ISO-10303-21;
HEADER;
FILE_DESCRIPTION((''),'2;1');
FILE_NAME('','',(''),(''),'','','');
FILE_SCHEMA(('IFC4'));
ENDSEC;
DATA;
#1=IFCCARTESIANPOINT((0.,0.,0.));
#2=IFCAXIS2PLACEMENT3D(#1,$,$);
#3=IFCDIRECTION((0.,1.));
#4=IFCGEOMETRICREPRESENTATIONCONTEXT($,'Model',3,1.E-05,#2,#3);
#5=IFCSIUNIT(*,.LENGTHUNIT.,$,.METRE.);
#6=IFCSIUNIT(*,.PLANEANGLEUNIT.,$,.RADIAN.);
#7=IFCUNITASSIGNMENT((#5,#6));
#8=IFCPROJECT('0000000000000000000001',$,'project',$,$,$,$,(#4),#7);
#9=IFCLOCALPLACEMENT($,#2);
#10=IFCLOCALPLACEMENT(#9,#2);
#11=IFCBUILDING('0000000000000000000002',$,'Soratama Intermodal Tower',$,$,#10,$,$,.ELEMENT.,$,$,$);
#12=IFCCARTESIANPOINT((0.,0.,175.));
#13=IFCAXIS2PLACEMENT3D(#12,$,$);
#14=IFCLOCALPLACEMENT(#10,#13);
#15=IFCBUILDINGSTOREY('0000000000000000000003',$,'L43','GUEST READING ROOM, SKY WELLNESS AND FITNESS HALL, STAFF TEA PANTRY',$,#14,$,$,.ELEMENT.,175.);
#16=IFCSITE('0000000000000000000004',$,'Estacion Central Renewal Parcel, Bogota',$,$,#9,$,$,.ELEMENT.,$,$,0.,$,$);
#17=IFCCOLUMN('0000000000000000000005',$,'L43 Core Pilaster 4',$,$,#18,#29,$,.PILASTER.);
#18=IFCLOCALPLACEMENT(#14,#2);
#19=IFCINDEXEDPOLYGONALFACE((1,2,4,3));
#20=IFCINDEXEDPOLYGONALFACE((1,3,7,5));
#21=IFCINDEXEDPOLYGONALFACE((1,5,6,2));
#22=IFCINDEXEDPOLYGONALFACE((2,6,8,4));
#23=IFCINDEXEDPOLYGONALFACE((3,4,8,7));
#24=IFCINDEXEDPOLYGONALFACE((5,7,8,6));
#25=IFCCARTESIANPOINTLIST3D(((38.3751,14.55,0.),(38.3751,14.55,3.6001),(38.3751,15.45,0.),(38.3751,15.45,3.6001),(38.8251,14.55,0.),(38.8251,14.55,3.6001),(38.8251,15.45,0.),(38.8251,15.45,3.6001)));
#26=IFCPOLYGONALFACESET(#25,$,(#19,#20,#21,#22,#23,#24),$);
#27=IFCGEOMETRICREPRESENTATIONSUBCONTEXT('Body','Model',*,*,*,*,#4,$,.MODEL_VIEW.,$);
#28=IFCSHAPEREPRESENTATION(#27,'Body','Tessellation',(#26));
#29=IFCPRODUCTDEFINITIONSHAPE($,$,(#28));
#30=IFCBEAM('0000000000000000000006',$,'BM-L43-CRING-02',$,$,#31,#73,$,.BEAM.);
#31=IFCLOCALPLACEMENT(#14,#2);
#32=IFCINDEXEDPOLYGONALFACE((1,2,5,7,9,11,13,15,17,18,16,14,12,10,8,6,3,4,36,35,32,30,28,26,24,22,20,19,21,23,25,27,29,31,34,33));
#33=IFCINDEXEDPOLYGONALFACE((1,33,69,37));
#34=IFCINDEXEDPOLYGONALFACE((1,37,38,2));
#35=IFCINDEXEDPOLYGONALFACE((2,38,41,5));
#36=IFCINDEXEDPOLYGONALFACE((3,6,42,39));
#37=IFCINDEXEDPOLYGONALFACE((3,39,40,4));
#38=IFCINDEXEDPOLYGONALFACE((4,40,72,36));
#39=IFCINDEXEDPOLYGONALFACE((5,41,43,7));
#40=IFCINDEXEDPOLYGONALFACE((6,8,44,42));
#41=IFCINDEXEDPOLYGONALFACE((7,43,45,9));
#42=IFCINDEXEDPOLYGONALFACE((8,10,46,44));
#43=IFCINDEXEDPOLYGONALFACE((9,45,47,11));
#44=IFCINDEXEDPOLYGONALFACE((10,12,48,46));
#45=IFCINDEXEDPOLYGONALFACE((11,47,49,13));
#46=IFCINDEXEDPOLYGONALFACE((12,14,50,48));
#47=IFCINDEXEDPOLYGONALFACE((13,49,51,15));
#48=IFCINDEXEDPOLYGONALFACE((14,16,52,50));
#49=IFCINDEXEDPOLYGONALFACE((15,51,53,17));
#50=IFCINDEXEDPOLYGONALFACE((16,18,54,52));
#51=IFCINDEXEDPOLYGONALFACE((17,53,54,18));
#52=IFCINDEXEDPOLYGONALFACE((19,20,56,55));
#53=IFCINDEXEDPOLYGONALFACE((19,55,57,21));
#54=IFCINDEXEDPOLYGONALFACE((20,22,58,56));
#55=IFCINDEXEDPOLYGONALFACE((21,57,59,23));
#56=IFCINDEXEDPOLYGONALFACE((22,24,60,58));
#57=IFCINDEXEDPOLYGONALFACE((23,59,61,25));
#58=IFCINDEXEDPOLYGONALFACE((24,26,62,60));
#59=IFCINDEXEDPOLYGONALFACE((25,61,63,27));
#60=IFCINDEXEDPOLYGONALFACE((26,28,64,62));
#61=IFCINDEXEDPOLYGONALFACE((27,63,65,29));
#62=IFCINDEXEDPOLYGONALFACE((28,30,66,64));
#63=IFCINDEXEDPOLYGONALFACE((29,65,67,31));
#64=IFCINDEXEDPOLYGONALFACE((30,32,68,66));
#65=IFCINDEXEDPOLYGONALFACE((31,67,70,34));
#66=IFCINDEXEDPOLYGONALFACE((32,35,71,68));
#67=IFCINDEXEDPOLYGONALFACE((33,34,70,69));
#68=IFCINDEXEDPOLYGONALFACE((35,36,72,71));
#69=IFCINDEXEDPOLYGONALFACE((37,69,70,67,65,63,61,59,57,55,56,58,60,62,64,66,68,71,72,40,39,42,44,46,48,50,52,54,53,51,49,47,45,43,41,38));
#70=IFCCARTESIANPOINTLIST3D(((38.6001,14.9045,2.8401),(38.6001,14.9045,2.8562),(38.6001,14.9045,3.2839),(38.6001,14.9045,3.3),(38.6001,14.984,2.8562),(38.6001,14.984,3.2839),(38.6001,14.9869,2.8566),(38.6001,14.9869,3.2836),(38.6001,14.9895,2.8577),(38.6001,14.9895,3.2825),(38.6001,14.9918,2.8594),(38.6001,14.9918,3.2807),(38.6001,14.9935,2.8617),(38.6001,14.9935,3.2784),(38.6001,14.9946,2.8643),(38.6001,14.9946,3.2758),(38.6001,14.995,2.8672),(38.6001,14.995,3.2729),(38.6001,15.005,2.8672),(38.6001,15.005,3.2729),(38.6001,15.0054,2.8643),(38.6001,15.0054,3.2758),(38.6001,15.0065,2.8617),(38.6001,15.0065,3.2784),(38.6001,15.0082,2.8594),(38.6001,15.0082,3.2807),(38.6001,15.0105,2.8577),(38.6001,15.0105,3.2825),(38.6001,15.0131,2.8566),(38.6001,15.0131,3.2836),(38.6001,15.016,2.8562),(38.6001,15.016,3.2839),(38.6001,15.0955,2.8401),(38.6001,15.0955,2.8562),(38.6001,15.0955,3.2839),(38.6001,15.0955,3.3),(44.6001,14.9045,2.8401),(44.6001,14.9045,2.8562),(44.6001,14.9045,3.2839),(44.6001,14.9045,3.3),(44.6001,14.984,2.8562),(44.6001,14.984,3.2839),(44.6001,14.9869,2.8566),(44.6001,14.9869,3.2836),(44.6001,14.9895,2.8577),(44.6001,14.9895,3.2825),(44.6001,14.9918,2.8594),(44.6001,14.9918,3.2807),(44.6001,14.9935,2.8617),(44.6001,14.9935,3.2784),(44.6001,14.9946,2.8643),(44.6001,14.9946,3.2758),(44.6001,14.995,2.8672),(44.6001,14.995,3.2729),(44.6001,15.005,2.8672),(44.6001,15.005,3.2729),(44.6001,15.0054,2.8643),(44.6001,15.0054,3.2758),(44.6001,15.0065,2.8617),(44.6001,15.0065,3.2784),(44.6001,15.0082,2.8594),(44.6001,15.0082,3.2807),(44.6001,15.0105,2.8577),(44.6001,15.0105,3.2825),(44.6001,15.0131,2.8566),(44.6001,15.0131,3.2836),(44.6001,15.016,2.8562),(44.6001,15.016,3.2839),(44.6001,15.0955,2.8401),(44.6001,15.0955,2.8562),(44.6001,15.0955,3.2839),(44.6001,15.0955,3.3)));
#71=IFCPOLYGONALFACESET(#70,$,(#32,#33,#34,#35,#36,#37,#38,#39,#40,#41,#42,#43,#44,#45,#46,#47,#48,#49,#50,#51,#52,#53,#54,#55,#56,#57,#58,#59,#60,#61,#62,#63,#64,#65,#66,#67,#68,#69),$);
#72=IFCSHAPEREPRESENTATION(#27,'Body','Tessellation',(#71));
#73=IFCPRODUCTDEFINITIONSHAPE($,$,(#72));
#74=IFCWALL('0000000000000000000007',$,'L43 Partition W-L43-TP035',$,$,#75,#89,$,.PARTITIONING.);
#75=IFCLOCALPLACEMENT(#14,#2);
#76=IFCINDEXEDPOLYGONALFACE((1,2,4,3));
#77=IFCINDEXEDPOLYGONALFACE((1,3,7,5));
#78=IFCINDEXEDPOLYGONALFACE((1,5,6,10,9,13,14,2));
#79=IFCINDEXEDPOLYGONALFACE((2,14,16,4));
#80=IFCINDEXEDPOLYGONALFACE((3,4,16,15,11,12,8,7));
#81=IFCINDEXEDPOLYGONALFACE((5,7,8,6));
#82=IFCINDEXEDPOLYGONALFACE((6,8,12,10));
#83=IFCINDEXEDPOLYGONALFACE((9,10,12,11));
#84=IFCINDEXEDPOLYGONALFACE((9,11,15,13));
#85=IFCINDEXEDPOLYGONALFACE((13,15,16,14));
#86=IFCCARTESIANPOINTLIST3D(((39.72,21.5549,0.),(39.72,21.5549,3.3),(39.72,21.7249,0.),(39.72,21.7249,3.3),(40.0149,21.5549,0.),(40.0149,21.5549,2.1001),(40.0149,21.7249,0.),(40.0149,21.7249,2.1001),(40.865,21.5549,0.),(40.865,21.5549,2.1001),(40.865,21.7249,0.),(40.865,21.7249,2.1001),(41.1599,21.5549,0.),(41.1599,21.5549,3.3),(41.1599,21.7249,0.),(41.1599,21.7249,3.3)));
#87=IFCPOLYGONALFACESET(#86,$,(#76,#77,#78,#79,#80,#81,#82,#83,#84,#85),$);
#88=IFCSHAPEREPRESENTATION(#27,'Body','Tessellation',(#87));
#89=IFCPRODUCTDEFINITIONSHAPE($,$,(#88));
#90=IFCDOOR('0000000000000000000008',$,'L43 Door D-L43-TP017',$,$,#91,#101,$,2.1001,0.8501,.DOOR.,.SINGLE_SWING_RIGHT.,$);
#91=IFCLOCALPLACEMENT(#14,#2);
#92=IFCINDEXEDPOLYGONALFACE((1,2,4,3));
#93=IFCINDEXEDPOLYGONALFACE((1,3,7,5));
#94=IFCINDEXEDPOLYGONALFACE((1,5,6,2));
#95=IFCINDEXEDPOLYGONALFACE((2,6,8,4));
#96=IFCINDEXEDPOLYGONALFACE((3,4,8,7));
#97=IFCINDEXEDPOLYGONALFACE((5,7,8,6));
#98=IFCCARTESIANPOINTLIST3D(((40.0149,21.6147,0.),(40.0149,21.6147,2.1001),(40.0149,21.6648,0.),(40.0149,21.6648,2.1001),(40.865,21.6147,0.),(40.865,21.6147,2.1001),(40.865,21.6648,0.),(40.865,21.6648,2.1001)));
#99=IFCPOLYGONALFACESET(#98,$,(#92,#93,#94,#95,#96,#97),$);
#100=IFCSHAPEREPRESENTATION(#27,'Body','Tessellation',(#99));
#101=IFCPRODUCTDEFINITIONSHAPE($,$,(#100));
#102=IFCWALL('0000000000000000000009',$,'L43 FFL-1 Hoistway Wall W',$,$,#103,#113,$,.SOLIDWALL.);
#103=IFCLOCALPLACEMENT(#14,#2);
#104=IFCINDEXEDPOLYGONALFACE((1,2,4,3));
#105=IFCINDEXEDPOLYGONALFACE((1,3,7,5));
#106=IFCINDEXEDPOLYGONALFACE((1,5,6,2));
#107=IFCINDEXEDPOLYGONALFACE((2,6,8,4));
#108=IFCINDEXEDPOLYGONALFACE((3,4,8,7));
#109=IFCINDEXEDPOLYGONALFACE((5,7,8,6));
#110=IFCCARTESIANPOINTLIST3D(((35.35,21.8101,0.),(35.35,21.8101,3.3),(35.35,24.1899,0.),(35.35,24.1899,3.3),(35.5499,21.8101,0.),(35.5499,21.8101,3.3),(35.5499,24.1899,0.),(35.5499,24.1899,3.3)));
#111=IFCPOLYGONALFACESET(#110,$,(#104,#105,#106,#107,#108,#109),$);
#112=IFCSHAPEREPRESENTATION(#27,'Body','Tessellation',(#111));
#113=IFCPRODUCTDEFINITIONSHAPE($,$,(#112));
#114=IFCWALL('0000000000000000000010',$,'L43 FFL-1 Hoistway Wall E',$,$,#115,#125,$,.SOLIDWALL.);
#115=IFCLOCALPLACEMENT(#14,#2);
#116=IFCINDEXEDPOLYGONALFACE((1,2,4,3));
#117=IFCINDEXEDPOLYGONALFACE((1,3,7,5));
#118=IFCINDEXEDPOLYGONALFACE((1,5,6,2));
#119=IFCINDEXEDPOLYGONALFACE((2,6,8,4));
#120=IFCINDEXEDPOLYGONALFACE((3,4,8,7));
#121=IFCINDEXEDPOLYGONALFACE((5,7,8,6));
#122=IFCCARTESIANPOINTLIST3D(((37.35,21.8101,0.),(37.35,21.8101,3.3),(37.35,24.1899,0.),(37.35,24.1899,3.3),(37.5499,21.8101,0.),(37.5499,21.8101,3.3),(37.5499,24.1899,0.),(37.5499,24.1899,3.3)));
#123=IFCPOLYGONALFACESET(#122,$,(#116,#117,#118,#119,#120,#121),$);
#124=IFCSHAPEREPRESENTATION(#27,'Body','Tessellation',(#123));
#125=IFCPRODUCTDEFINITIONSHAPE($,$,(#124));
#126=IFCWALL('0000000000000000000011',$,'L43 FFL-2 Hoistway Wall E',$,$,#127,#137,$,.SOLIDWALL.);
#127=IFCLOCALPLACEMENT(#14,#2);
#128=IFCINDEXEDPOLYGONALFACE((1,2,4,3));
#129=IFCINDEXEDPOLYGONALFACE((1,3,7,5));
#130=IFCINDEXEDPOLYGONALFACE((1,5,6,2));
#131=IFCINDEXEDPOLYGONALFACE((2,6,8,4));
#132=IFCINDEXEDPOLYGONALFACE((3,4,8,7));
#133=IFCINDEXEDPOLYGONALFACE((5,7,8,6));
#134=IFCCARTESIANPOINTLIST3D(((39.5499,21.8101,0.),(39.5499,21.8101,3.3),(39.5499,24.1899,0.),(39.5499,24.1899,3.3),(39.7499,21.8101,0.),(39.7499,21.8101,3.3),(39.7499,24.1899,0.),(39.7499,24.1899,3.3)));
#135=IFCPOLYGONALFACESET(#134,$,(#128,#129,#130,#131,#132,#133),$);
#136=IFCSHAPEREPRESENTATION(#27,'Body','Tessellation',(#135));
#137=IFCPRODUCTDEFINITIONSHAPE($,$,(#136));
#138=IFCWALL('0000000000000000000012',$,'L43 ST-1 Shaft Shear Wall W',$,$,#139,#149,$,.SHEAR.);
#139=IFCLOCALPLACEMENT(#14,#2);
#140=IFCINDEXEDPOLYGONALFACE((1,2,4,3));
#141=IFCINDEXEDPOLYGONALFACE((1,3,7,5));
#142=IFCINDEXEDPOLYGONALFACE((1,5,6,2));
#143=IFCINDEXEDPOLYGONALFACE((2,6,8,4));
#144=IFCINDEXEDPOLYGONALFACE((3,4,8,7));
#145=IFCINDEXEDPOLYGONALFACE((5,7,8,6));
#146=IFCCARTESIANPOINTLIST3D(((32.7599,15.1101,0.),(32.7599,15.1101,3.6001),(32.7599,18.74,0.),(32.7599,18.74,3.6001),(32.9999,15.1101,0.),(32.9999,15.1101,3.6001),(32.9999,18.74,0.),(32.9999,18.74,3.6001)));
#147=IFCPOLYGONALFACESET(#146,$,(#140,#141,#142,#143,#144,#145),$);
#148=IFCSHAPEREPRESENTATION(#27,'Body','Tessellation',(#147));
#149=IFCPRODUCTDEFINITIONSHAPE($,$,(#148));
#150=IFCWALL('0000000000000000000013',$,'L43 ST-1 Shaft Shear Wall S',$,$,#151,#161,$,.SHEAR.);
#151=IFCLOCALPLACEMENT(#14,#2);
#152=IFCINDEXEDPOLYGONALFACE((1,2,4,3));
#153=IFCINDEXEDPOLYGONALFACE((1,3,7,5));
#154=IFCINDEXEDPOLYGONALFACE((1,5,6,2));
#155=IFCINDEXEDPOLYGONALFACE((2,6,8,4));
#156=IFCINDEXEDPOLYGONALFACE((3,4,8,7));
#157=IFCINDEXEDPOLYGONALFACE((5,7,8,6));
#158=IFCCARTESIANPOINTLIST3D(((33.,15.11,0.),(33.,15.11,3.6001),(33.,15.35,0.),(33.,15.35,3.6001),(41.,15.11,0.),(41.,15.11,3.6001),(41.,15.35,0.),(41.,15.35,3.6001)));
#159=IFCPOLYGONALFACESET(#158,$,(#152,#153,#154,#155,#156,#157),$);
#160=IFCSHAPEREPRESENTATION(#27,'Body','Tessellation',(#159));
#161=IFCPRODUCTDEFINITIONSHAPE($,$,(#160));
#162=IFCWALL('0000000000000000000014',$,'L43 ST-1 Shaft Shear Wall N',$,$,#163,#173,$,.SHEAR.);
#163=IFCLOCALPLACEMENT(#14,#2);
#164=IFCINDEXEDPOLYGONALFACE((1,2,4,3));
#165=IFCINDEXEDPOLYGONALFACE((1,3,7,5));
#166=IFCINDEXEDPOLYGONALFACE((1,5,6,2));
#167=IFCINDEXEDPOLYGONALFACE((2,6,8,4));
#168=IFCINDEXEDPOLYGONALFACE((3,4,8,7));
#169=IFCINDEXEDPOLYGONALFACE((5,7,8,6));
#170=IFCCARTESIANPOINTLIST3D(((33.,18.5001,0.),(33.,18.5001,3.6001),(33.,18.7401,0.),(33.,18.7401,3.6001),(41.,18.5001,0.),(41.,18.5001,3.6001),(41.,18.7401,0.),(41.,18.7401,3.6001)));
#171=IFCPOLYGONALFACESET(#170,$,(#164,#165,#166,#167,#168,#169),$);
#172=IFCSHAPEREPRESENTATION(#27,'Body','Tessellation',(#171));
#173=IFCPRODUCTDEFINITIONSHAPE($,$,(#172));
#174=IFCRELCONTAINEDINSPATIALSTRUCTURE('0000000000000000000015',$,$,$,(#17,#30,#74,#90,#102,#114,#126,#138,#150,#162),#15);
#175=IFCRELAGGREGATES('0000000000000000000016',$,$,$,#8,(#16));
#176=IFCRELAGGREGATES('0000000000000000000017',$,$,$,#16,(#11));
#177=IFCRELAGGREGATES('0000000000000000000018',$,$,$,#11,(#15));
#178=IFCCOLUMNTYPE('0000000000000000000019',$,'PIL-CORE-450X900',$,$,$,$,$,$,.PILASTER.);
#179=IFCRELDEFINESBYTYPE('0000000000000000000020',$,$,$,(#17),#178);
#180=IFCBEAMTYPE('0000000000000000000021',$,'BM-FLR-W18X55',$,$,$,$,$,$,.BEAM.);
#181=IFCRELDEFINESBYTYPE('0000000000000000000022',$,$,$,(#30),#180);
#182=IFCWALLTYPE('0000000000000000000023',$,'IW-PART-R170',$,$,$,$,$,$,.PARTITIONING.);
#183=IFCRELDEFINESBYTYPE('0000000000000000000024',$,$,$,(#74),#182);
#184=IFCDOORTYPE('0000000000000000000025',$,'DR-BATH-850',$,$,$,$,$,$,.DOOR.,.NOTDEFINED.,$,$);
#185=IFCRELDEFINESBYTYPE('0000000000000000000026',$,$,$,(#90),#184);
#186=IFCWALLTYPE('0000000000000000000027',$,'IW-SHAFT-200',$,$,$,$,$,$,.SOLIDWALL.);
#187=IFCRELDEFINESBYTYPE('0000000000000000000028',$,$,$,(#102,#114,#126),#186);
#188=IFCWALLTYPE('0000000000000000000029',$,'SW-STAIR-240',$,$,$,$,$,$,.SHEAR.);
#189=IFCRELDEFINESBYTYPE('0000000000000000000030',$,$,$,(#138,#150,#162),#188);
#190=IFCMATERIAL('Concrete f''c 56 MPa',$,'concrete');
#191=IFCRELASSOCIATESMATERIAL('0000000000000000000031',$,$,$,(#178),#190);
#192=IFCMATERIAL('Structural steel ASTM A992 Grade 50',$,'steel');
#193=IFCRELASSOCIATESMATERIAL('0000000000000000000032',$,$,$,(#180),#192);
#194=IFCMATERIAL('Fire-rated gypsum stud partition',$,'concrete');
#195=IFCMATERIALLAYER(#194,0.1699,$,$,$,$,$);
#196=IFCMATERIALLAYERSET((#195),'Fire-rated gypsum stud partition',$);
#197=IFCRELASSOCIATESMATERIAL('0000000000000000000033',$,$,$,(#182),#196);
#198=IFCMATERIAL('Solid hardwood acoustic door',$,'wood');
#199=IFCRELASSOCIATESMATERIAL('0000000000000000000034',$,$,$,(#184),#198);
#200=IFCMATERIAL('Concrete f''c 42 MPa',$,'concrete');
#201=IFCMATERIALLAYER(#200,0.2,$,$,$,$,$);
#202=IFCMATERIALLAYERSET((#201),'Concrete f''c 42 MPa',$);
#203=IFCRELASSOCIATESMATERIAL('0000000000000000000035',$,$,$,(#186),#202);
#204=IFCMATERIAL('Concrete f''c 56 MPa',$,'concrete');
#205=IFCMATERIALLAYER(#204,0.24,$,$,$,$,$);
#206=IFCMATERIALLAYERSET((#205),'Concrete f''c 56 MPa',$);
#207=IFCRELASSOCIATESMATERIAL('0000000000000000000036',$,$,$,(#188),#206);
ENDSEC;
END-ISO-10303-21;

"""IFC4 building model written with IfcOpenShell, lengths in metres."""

from ifc_helpers import new_model, si_unit, direction, frame, frame_2d, origin, origin_2d, place, context, subcontext, project, spatial, rectangle, i_section, extrude, material, layer, layer_set, material_profile, profile_set, type_object, element, fill, save


model = new_model("IFC4")

# Units and contexts
model_context = context("Model", 3, precision=1e-05, world=origin(), true_north=direction((0.0, 1.0)))
body_context = subcontext(model_context, "Body", "Model", "MODEL_VIEW")
ifc_project = project(units=[si_unit("LENGTHUNIT", "METRE"), si_unit("PLANEANGLEUNIT", "RADIAN")], contexts=[model_context])

# Site, building, storey
site_placement = place(None, origin())
site = spatial("IfcSite", under=ifc_project, at=site_placement, Name="Estacion Central Renewal Parcel, Bogota", CompositionType="ELEMENT", RefElevation=0.0)
building_placement = place(site_placement, origin())
building = spatial("IfcBuilding", under=site, at=building_placement, Name="Soratama Intermodal Tower", CompositionType="ELEMENT")
storey_placement = place(building_placement, frame((0.0, 0.0, 175.0)))
storey = spatial("IfcBuildingStorey", under=building, at=storey_placement, Name="L43", Description="GUEST READING ROOM, SKY WELLNESS AND FITNESS HALL, STAFF TEA PANTRY", CompositionType="ELEMENT", Elevation=175.0)

# Column
ifc_material_1 = material(Name="Concrete f'c 56 MPa", Category="concrete")
ifc_material_profile_1 = material_profile(ifc_material_1, rectangle(XDim=0.45, YDim=0.8999, at=origin_2d()), Name="RC450X900")
ifc_profile_set_1 = profile_set([ifc_material_profile_1], Name="Concrete f'c 56 MPa")
column_type = type_object("IfcColumnType", Name="PIL-CORE-450X900", PredefinedType="PILASTER", material=ifc_profile_set_1)
column_placement = place(storey_placement, frame((38.6001, 15.0, 0.0), z_axis=(0.0, 0.0, 1.0), x_axis=(1.0, 0.0, 0.0)))
element("IfcColumn", 1, at=column_placement, inside=storey, type_object=column_type, Name="L43 Core Pilaster 4", PredefinedType="PILASTER", context=body_context, shape_type="SweptSolid", body=[
    extrude(rectangle(XDim=0.45, YDim=0.8999, at=origin_2d()), origin(), (0.0, 0.0, 1.0), 3.6001),
])

# Beam
ifc_material_2 = material(Name="Structural steel ASTM A992 Grade 50", Category="steel")
ifc_material_profile_2 = material_profile(ifc_material_2, i_section(OverallWidth=0.1909, OverallDepth=0.46, WebThickness=0.01, FlangeThickness=0.0161, FilletRadius=0.011, at=origin_2d()), Name="W18X55")
ifc_profile_set_2 = profile_set([ifc_material_profile_2], Name="Structural steel ASTM A992 Grade 50")
beam_type = type_object("IfcBeamType", Name="BM-FLR-W18X55", PredefinedType="BEAM", material=ifc_profile_set_2)
beam_placement = place(storey_placement, frame((38.6001, 15.0, 3.0701), z_axis=(1.0, 0.0, 0.0), x_axis=(0.0, 1.0, 0.0)))
element("IfcBeam", 2, at=beam_placement, inside=storey, type_object=beam_type, Name="BM-L43-CRING-02", PredefinedType="BEAM", context=body_context, shape_type="SweptSolid", body=[
    extrude(i_section(OverallWidth=0.1909, OverallDepth=0.46, WebThickness=0.01, FlangeThickness=0.0161, FilletRadius=0.011, at=origin_2d()), origin(), (0.0, 0.0, 1.0), 6.0),
])

# Wall, opening, door
ifc_material_3 = material(Name="Fire-rated gypsum stud partition", Category="concrete")
ifc_layer_1 = layer(ifc_material_3, 0.1699)
ifc_layer_set_1 = layer_set([ifc_layer_1], Name="Fire-rated gypsum stud partition")
wall_type_1 = type_object("IfcWallType", Name="IW-PART-R170", PredefinedType="PARTITIONING", material=ifc_layer_set_1)
wall_1_placement = place(storey_placement, frame((39.72, 21.6399, 0.0), z_axis=(0.0, 0.0, 1.0), x_axis=(1.0, 0.0, 0.0)))
wall_1 = element("IfcWall", 3, at=wall_1_placement, inside=storey, type_object=wall_type_1, Name="L43 Partition W-L43-TP035", PredefinedType="PARTITIONING", context=body_context, shape_type="SweptSolid", body=[
    extrude(rectangle(XDim=1.4399, YDim=0.1699, at=frame_2d((0.72, 0.0))), origin(), (0.0, 0.0, 1.0), 3.3),
])
opening_1_placement = place(wall_1_placement, frame((0.2949, 0.0, 0.0)))
opening_1 = element("IfcOpeningElement", 4, at=opening_1_placement, cuts=wall_1, PredefinedType="OPENING", context=body_context, shape_type="SweptSolid", body=[
    extrude(rectangle(XDim=0.8501, YDim=2.1001, at=frame_2d((0.425, 1.05))), frame((0.0, 0.095, 0.0), z_axis=(0.0, -1.0, 0.0), x_axis=(1.0, 0.0, 0.0)), (0.0, 0.0, 1.0), 0.1899),
])
ifc_material_4 = material(Name="Solid hardwood acoustic door", Category="wood")
door_type_1 = type_object("IfcDoorType", Name="DR-BATH-850", OperationType="NOTDEFINED", PredefinedType="DOOR", material=ifc_material_4)
door_1_placement = place(opening_1_placement, origin())
door_1 = element("IfcDoor", 5, at=door_1_placement, inside=storey, type_object=door_type_1, Name="L43 Door D-L43-TP017", OperationType="SINGLE_SWING_RIGHT", OverallHeight=2.1001, OverallWidth=0.8501, PredefinedType="DOOR", context=body_context, shape_type="SweptSolid", body=[
    extrude(rectangle(XDim=0.8501, YDim=2.1001, at=frame_2d((0.425, 1.05))), frame((0.0, 0.0249, 0.0), z_axis=(0.0, -1.0, 0.0), x_axis=(1.0, 0.0, 0.0)), (0.0, 0.0, 1.0), 0.05),
])
fill(opening_1, door_1)
ifc_material_5 = material(Name="Concrete f'c 42 MPa", Category="concrete")
ifc_layer_2 = layer(ifc_material_5, 0.2)
ifc_layer_set_2 = layer_set([ifc_layer_2], Name="Concrete f'c 42 MPa")
wall_type_2 = type_object("IfcWallType", Name="IW-SHAFT-200", PredefinedType="SOLIDWALL", material=ifc_layer_set_2)

# Walls
for number, where, z_axis, x_axis, name in (
    (6, (35.45, 21.8101, 0.0), (0.0, 0.0, 1.0), (0.0, 1.0, 0.0), "L43 FFL-1 Hoistway Wall W"),
    (7, (37.45, 21.8101, 0.0), (0.0, 0.0, 1.0), (0.0, 1.0, 0.0), "L43 FFL-1 Hoistway Wall E"),
):
    element("IfcWall", number, at=place(storey_placement, frame(where, z_axis=z_axis, x_axis=x_axis)), inside=storey, type_object=wall_type_2, Name=name, PredefinedType="SOLIDWALL", context=body_context, shape_type="SweptSolid", body=[
        extrude(rectangle(XDim=2.3799, YDim=0.2, at=frame_2d((1.1899, 0.0))), origin(), (0.0, 0.0, 1.0), 3.3),
    ])

# Wall
wall_2_placement = place(storey_placement, frame((39.6499, 21.8101, 0.0), z_axis=(0.0, 0.0, 1.0), x_axis=(0.0, 1.0, 0.0)))
element("IfcWall", 8, at=wall_2_placement, inside=storey, type_object=wall_type_2, Name="L43 FFL-2 Hoistway Wall E", PredefinedType="SOLIDWALL", context=body_context, shape_type="SweptSolid", body=[
    extrude(rectangle(XDim=2.3799, YDim=0.2, at=frame_2d((1.1899, 0.0))), origin(), (0.0, 0.0, 1.0), 3.3),
])

# Wall
ifc_material_6 = material(Name="Concrete f'c 56 MPa", Category="concrete")
ifc_layer_3 = layer(ifc_material_6, 0.24)
ifc_layer_set_3 = layer_set([ifc_layer_3], Name="Concrete f'c 56 MPa")
wall_type_3 = type_object("IfcWallType", Name="SW-STAIR-240", PredefinedType="SHEAR", material=ifc_layer_set_3)
wall_3_placement = place(storey_placement, frame((32.8799, 15.1101, 0.0), z_axis=(0.0, 0.0, 1.0), x_axis=(0.0, 1.0, 0.0)))
element("IfcWall", 9, at=wall_3_placement, inside=storey, type_object=wall_type_3, Name="L43 ST-1 Shaft Shear Wall W", PredefinedType="SHEAR", context=body_context, shape_type="SweptSolid", body=[
    extrude(rectangle(XDim=3.6299, YDim=0.24, at=frame_2d((1.8149, 0.0))), origin(), (0.0, 0.0, 1.0), 3.6001),
])

# Walls
for number, where, z_axis, x_axis, name in (
    (10, (33.0, 15.23, 0.0), (0.0, 0.0, 1.0), (1.0, 0.0, 0.0), "L43 ST-1 Shaft Shear Wall S"),
    (11, (33.0, 18.6201, 0.0), (0.0, 0.0, 1.0), (1.0, 0.0, 0.0), "L43 ST-1 Shaft Shear Wall N"),
):
    element("IfcWall", number, at=place(storey_placement, frame(where, z_axis=z_axis, x_axis=x_axis)), inside=storey, type_object=wall_type_3, Name=name, PredefinedType="SHEAR", context=body_context, shape_type="SweptSolid", body=[
        extrude(rectangle(XDim=8.0, YDim=0.24, at=frame_2d((4.0, 0.0))), origin(), (0.0, 0.0, 1.0), 3.6001),
    ])

save(model, "model.ifc")
